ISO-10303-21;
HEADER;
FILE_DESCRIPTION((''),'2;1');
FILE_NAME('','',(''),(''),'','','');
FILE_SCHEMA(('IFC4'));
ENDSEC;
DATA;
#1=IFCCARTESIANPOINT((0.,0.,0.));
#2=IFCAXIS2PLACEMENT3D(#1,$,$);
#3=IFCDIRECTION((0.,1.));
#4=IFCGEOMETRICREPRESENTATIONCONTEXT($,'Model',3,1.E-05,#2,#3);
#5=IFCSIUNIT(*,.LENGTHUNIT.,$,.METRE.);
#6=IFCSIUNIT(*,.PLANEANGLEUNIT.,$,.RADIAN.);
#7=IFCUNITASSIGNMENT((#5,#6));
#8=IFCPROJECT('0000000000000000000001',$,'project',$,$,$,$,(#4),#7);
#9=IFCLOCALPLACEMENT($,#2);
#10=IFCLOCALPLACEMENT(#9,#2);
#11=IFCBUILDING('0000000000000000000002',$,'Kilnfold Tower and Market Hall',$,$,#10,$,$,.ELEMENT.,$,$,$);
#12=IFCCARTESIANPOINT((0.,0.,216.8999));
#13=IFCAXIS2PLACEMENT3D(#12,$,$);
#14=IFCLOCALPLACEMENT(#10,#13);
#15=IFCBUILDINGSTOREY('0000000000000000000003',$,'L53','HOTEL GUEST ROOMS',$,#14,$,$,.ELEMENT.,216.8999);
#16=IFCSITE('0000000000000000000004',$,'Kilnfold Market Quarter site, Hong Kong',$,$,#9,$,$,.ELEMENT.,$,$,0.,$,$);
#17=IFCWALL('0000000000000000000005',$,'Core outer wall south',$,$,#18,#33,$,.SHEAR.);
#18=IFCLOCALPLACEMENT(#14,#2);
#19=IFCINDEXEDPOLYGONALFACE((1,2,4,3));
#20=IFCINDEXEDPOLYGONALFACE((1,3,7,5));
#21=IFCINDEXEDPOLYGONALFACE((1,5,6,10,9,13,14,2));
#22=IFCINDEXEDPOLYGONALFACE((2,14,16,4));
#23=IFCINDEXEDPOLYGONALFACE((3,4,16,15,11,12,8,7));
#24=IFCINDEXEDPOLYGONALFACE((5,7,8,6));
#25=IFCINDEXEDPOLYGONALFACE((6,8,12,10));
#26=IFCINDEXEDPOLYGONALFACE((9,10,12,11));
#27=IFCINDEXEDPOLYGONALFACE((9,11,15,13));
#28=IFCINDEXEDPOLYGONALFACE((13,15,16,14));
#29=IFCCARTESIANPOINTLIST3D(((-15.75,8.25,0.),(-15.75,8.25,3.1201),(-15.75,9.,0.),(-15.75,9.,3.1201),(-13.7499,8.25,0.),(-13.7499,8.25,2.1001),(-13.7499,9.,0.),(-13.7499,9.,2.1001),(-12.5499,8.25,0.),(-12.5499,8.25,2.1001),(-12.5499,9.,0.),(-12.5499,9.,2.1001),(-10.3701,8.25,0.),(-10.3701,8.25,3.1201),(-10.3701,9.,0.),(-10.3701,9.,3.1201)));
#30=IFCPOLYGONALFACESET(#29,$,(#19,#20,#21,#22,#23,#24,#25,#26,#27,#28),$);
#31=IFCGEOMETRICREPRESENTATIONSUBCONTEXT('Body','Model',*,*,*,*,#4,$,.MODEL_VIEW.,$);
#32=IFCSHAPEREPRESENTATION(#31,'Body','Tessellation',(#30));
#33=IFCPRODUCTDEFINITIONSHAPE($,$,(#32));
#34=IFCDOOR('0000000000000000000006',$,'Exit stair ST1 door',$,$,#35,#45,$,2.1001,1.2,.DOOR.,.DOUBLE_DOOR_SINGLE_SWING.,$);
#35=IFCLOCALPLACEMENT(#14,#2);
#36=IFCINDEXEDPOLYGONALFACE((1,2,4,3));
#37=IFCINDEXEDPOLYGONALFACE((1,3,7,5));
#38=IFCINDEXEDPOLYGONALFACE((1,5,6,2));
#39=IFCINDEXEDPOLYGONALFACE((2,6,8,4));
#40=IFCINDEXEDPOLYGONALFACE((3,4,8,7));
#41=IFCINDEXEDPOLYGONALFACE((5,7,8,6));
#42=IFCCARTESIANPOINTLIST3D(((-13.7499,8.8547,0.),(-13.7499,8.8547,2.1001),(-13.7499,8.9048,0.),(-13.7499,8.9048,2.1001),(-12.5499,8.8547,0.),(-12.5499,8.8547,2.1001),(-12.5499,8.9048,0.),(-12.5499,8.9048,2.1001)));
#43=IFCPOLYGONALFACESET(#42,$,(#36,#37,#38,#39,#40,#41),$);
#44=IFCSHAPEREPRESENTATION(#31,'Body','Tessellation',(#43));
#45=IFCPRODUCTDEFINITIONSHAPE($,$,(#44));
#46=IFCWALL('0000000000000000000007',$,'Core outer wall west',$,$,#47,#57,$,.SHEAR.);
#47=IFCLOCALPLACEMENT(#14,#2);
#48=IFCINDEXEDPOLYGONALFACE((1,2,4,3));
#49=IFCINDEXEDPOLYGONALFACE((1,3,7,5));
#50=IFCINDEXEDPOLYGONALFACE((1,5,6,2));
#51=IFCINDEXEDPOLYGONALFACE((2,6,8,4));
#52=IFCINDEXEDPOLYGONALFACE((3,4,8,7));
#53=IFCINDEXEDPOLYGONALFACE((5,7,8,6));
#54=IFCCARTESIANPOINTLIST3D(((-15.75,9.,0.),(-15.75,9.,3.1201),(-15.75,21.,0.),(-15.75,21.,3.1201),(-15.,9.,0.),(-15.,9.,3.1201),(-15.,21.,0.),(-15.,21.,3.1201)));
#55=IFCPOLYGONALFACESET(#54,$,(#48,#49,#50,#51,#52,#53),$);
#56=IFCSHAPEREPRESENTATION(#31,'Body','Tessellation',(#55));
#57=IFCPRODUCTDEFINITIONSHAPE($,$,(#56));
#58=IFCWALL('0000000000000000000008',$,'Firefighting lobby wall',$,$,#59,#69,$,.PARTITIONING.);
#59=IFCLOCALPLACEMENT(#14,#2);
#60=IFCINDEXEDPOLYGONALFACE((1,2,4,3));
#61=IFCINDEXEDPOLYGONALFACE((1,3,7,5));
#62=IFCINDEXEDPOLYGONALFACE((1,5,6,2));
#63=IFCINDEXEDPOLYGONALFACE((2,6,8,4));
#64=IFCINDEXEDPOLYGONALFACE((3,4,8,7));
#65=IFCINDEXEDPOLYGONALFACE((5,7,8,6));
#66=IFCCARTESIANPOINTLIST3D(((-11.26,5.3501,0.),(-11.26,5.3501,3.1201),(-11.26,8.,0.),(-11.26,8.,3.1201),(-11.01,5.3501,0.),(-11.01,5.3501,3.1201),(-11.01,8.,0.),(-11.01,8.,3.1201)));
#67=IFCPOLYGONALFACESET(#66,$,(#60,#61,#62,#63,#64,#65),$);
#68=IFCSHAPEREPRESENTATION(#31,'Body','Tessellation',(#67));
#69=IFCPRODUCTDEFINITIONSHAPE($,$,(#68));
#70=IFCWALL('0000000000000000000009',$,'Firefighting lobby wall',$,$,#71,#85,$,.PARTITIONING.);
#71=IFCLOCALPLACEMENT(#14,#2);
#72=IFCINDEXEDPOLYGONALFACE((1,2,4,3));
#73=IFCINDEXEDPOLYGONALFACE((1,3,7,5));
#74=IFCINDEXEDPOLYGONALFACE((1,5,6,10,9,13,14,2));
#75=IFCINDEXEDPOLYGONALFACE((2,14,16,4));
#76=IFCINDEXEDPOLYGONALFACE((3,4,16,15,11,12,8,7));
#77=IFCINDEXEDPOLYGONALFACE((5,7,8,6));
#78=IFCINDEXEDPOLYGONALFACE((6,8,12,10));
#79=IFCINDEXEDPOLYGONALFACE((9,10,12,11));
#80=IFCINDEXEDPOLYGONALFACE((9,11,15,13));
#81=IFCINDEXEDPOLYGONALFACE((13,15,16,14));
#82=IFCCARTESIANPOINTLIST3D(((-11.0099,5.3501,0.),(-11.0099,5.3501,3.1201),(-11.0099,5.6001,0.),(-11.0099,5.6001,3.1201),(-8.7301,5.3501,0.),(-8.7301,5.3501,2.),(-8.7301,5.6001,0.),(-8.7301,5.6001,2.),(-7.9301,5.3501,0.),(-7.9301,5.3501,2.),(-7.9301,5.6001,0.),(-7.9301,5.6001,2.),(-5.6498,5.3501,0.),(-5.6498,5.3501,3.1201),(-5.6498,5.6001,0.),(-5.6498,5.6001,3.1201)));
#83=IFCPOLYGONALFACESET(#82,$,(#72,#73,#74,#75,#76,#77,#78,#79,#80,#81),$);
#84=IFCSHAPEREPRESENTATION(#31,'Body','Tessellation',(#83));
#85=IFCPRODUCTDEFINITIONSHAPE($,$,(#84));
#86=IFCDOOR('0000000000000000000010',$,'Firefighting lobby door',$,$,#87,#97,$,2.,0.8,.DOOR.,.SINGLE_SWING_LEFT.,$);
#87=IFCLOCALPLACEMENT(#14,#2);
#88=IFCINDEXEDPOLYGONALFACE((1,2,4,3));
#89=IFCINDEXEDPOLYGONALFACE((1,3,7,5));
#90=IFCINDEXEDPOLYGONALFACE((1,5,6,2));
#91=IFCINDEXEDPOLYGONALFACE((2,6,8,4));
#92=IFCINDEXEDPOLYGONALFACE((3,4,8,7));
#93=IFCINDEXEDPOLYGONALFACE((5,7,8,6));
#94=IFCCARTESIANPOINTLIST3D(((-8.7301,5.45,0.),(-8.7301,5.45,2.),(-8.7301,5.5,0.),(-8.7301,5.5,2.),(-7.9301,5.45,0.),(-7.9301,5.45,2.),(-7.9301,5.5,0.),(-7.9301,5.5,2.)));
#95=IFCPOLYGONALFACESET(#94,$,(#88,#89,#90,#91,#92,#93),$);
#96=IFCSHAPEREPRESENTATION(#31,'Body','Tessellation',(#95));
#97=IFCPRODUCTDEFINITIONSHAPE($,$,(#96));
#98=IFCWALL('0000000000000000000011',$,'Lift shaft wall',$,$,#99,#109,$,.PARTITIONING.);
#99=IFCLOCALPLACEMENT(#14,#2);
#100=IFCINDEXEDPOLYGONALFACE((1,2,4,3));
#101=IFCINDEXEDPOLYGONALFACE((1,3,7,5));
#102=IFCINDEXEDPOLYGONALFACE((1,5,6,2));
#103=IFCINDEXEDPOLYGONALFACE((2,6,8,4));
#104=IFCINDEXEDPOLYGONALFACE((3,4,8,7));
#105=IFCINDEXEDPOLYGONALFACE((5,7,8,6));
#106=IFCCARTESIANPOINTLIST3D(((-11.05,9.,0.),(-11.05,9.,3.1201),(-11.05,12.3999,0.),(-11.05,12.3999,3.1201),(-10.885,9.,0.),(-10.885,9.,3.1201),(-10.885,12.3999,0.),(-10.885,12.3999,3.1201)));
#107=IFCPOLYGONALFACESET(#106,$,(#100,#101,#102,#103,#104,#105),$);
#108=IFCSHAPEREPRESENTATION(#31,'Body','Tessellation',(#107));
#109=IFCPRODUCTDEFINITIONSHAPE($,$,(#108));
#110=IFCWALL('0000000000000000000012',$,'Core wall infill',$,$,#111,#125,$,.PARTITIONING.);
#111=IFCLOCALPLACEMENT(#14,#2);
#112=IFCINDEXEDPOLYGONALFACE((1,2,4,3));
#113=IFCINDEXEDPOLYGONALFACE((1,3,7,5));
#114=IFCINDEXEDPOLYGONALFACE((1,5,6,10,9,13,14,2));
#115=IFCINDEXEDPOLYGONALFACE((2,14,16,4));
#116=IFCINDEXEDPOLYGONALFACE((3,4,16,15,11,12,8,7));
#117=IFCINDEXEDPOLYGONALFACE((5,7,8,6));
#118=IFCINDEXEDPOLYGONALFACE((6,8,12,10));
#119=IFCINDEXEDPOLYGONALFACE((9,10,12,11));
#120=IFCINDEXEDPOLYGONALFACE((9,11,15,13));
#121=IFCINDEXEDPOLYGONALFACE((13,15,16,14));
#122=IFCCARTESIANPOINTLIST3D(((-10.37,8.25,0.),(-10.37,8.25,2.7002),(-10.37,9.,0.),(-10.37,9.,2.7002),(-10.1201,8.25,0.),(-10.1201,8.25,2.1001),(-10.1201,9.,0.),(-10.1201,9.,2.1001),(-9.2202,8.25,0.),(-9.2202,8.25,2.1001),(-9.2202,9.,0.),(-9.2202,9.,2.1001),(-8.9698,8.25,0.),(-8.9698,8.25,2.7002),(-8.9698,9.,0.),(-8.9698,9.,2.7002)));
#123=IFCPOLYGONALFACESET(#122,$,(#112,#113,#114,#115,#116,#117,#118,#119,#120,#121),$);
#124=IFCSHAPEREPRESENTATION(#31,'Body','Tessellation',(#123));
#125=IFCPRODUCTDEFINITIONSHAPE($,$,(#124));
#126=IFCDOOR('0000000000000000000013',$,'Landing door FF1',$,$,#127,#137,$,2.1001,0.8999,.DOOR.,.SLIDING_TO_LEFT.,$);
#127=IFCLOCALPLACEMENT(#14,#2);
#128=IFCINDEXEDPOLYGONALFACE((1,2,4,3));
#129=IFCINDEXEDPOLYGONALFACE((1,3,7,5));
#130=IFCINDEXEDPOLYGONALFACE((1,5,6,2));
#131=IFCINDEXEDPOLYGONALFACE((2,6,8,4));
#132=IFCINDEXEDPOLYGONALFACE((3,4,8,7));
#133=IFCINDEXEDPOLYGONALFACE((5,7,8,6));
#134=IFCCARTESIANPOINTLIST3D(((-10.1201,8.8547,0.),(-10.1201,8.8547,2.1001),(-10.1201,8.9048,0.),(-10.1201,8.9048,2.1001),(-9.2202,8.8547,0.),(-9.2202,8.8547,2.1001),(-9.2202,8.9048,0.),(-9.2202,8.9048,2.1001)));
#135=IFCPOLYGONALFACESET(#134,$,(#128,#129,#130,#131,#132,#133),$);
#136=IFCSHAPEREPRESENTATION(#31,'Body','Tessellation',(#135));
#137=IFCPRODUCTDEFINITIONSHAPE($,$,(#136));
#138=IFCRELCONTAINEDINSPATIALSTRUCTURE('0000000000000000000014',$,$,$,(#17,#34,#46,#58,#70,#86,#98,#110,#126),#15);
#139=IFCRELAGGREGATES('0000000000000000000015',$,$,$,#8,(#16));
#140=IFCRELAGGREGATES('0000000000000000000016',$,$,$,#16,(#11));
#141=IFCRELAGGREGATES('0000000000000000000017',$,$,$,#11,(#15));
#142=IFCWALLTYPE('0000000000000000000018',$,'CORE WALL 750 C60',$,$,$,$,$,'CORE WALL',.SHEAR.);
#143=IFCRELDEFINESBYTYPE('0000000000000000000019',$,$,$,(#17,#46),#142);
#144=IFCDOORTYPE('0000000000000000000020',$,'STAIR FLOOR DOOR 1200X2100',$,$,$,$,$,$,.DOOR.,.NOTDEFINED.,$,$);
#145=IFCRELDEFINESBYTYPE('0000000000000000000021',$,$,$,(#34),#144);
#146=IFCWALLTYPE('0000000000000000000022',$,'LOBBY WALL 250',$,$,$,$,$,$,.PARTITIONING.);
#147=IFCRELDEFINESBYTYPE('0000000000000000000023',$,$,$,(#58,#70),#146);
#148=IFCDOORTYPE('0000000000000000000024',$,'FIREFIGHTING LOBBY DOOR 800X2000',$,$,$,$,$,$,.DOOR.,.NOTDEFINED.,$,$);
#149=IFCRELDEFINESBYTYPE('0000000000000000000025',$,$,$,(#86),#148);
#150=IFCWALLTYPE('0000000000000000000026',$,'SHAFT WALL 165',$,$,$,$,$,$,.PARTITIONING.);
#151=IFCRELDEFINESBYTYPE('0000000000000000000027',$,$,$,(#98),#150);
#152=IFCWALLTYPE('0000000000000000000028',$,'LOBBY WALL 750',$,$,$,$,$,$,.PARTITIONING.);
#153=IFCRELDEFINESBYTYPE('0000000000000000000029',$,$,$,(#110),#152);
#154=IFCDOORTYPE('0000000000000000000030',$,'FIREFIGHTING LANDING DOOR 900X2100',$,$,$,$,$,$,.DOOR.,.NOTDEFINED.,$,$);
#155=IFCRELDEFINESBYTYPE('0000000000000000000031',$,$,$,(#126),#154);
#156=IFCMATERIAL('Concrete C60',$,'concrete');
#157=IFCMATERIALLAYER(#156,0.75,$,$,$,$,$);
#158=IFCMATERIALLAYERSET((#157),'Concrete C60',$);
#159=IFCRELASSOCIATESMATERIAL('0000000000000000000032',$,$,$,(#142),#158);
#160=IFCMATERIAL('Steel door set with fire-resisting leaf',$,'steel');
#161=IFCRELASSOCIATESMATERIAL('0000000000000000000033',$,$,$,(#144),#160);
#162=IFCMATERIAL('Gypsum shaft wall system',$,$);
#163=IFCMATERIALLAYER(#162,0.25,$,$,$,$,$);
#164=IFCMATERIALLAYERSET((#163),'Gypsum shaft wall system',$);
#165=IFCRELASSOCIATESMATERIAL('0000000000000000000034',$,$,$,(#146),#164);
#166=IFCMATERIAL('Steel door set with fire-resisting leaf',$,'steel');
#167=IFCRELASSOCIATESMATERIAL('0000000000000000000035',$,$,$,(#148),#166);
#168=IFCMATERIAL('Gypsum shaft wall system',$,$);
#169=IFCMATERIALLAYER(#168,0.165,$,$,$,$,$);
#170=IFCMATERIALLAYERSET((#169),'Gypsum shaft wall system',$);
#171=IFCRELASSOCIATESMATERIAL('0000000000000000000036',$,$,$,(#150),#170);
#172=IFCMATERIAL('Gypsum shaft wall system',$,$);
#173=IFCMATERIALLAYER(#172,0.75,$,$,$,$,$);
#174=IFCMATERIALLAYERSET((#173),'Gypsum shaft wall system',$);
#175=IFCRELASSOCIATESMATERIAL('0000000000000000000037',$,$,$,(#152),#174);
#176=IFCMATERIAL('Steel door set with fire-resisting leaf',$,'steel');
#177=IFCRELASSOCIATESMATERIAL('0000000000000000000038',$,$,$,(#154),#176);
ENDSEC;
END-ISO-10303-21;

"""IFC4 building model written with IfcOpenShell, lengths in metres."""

from ifc_helpers import new_model, si_unit, direction, frame, frame_2d, origin, place, context, subcontext, project, spatial, rectangle, extrude, source, transform, mapped, material, layer, layer_set, type_object, element, fill, save


model = new_model("IFC4")

# Units and contexts
model_context = context("Model", 3, precision=1e-05, world=origin(), true_north=direction((0.0, 1.0)))
body_context = subcontext(model_context, "Body", "Model", "MODEL_VIEW")
ifc_project = project(units=[si_unit("LENGTHUNIT", "METRE"), si_unit("PLANEANGLEUNIT", "RADIAN")], contexts=[model_context])

# Site, building, storey
site_placement = place(None, origin())
site = spatial("IfcSite", under=ifc_project, at=site_placement, Name="Kilnfold Market Quarter site, Hong Kong", CompositionType="ELEMENT", RefElevation=0.0)
building_placement = place(site_placement, origin())
building = spatial("IfcBuilding", under=site, at=building_placement, Name="Kilnfold Tower and Market Hall", CompositionType="ELEMENT")
storey_placement = place(building_placement, frame((0.0, 0.0, 216.8999)))
storey = spatial("IfcBuildingStorey", under=building, at=storey_placement, Name="L53", Description="HOTEL GUEST ROOMS", CompositionType="ELEMENT", Elevation=216.8999)

# Wall, opening, door
ifc_material_1 = material(Name="Concrete C60", Category="concrete")
ifc_layer_1 = layer(ifc_material_1, 0.75)
ifc_layer_set_1 = layer_set([ifc_layer_1], Name="Concrete C60")
wall_type_1 = type_object("IfcWallType", Name="CORE WALL 750 C60", ElementType="CORE WALL", PredefinedType="SHEAR", material=ifc_layer_set_1)
shared_shape_1 = source(origin(), body_context, "Body", "SweptSolid", [
    extrude(rectangle(XDim=5.3799, YDim=0.75, at=frame_2d((2.6899, 0.0))), origin(), (0.0, 0.0, 1.0), 3.1201),
])
wall_1_placement = place(storey_placement, frame((-15.75, 8.625, 0.0), z_axis=(0.0, 0.0, 1.0), x_axis=(1.0, 0.0, 0.0)))
wall_1 = element("IfcWall", 1, at=wall_1_placement, inside=storey, type_object=wall_type_1, Name="Core outer wall south", PredefinedType="SHEAR", context=body_context, shape_type="MappedRepresentation", body=[
    mapped(shared_shape_1, transform((0.0, 0.0, 0.0))),
])
opening_1_placement = place(wall_1_placement, frame((2.0, 0.0, 0.0)))
opening_1 = element("IfcOpeningElement", 2, at=opening_1_placement, cuts=wall_1, PredefinedType="OPENING", context=body_context, shape_type="SweptSolid", body=[
    extrude(rectangle(XDim=1.2, YDim=2.1001, at=frame_2d((0.6001, 1.05))), frame((0.0, 0.385, 0.0), z_axis=(0.0, -1.0, 0.0), x_axis=(1.0, 0.0, 0.0)), (0.0, 0.0, 1.0), 0.77),
])
ifc_material_2 = material(Name="Steel door set with fire-resisting leaf", Category="steel")
door_type_1 = type_object("IfcDoorType", Name="STAIR FLOOR DOOR 1200X2100", OperationType="NOTDEFINED", PredefinedType="DOOR", material=ifc_material_2)
door_1_placement = place(opening_1_placement, origin())
door_1 = element("IfcDoor", 3, at=door_1_placement, inside=storey, type_object=door_type_1, Name="Exit stair ST1 door", OperationType="DOUBLE_DOOR_SINGLE_SWING", OverallHeight=2.1001, OverallWidth=1.2, PredefinedType="DOOR", context=body_context, shape_type="SweptSolid", body=[
    extrude(rectangle(XDim=1.2, YDim=2.1001, at=frame_2d((0.6001, 1.05))), frame((0.0, 0.2798, 0.0), z_axis=(0.0, -1.0, 0.0), x_axis=(1.0, 0.0, 0.0)), (0.0, 0.0, 1.0), 0.05),
])
fill(opening_1, door_1)

# Walls
shared_shape_2 = source(origin(), body_context, "Body", "SweptSolid", [
    extrude(rectangle(XDim=12.0, YDim=0.75, at=frame_2d((6.0, 0.0))), origin(), (0.0, 0.0, 1.0), 3.1201),
])
wall_2_placement = place(storey_placement, frame((-15.375, 9.0, 0.0), z_axis=(0.0, 0.0, 1.0), x_axis=(0.0, 1.0, 0.0)))
element("IfcWall", 4, at=wall_2_placement, inside=storey, type_object=wall_type_1, Name="Core outer wall west", PredefinedType="SHEAR", context=body_context, shape_type="MappedRepresentation", body=[
    mapped(shared_shape_2, transform((0.0, 0.0, 0.0))),
])
ifc_material_3 = material(Name="Gypsum shaft wall system")
ifc_layer_2 = layer(ifc_material_3, 0.25)
ifc_layer_set_2 = layer_set([ifc_layer_2], Name="Gypsum shaft wall system")
wall_type_2 = type_object("IfcWallType", Name="LOBBY WALL 250", PredefinedType="PARTITIONING", material=ifc_layer_set_2)
shared_shape_3 = source(origin(), body_context, "Body", "SweptSolid", [
    extrude(rectangle(XDim=2.6499, YDim=0.25, at=frame_2d((1.325, 0.0))), origin(), (0.0, 0.0, 1.0), 3.1201),
])
wall_3_placement = place(storey_placement, frame((-11.135, 5.3501, 0.0), z_axis=(0.0, 0.0, 1.0), x_axis=(0.0, 1.0, 0.0)))
element("IfcWall", 5, at=wall_3_placement, inside=storey, type_object=wall_type_2, Name="Firefighting lobby wall", PredefinedType="PARTITIONING", context=body_context, shape_type="MappedRepresentation", body=[
    mapped(shared_shape_3, transform((0.0, 0.0, 0.0))),
])

# Wall, opening, door
shared_shape_4 = source(origin(), body_context, "Body", "SweptSolid", [
    extrude(rectangle(XDim=5.3601, YDim=0.25, at=frame_2d((2.6802, 0.0))), origin(), (0.0, 0.0, 1.0), 3.1201),
])
wall_4_placement = place(storey_placement, frame((-11.01, 5.4751, 0.0), z_axis=(0.0, 0.0, 1.0), x_axis=(1.0, 0.0, 0.0)))
wall_4 = element("IfcWall", 6, at=wall_4_placement, inside=storey, type_object=wall_type_2, Name="Firefighting lobby wall", PredefinedType="PARTITIONING", context=body_context, shape_type="MappedRepresentation", body=[
    mapped(shared_shape_4, transform((0.0, 0.0, 0.0))),
])
opening_2_placement = place(wall_4_placement, frame((2.28, 0.0, 0.0)))
opening_2 = element("IfcOpeningElement", 7, at=opening_2_placement, cuts=wall_4, PredefinedType="OPENING", context=body_context, shape_type="SweptSolid", body=[
    extrude(rectangle(XDim=0.8, YDim=2.0, at=frame_2d((0.3999, 1.0))), frame((0.0, 0.135, 0.0), z_axis=(0.0, -1.0, 0.0), x_axis=(1.0, 0.0, 0.0)), (0.0, 0.0, 1.0), 0.27),
])
ifc_material_4 = material(Name="Steel door set with fire-resisting leaf", Category="steel")
door_type_2 = type_object("IfcDoorType", Name="FIREFIGHTING LOBBY DOOR 800X2000", OperationType="NOTDEFINED", PredefinedType="DOOR", material=ifc_material_4)
door_2_placement = place(opening_2_placement, origin())
door_2 = element("IfcDoor", 8, at=door_2_placement, inside=storey, type_object=door_type_2, Name="Firefighting lobby door", OperationType="SINGLE_SWING_LEFT", OverallHeight=2.0, OverallWidth=0.8, PredefinedType="DOOR", context=body_context, shape_type="SweptSolid", body=[
    extrude(rectangle(XDim=0.8, YDim=2.0, at=frame_2d((0.3999, 1.0))), frame((0.0, 0.0249, 0.0), z_axis=(0.0, -1.0, 0.0), x_axis=(1.0, 0.0, 0.0)), (0.0, 0.0, 1.0), 0.05),
])
fill(opening_2, door_2)

# Wall
ifc_material_5 = material(Name="Gypsum shaft wall system")
ifc_layer_3 = layer(ifc_material_5, 0.165)
ifc_layer_set_3 = layer_set([ifc_layer_3], Name="Gypsum shaft wall system")
wall_type_3 = type_object("IfcWallType", Name="SHAFT WALL 165", PredefinedType="PARTITIONING", material=ifc_layer_set_3)
shared_shape_5 = source(origin(), body_context, "Body", "SweptSolid", [
    extrude(rectangle(XDim=3.3999, YDim=0.165, at=frame_2d((1.7, 0.0))), origin(), (0.0, 0.0, 1.0), 3.1201),
])
wall_5_placement = place(storey_placement, frame((-10.9675, 9.0, 0.0), z_axis=(0.0, 0.0, 1.0), x_axis=(0.0, 1.0, 0.0)))
element("IfcWall", 9, at=wall_5_placement, inside=storey, type_object=wall_type_3, Name="Lift shaft wall", PredefinedType="PARTITIONING", context=body_context, shape_type="MappedRepresentation", body=[
    mapped(shared_shape_5, transform((0.0, 0.0, 0.0))),
])

# Wall, opening, door
ifc_material_6 = material(Name="Gypsum shaft wall system")
ifc_layer_4 = layer(ifc_material_6, 0.75)
ifc_layer_set_4 = layer_set([ifc_layer_4], Name="Gypsum shaft wall system")
wall_type_4 = type_object("IfcWallType", Name="LOBBY WALL 750", PredefinedType="PARTITIONING", material=ifc_layer_set_4)
shared_shape_6 = source(origin(), body_context, "Body", "SweptSolid", [
    extrude(rectangle(XDim=1.4001, YDim=0.75, at=frame_2d((0.7002, 0.0))), origin(), (0.0, 0.0, 1.0), 2.7002),
])
wall_6_placement = place(storey_placement, frame((-10.3701, 8.625, 0.0), z_axis=(0.0, 0.0, 1.0), x_axis=(1.0, 0.0, 0.0)))
wall_6 = element("IfcWall", 10, at=wall_6_placement, inside=storey, type_object=wall_type_4, Name="Core wall infill", PredefinedType="PARTITIONING", context=body_context, shape_type="MappedRepresentation", body=[
    mapped(shared_shape_6, transform((0.0, 0.0, 0.0))),
])
opening_3_placement = place(wall_6_placement, frame((0.25, 0.0, 0.0)))
opening_3 = element("IfcOpeningElement", 11, at=opening_3_placement, cuts=wall_6, PredefinedType="OPENING", context=body_context, shape_type="SweptSolid", body=[
    extrude(rectangle(XDim=0.8999, YDim=2.1001, at=frame_2d((0.45, 1.05))), frame((0.0, 0.385, 0.0), z_axis=(0.0, -1.0, 0.0), x_axis=(1.0, 0.0, 0.0)), (0.0, 0.0, 1.0), 0.77),
])
ifc_material_7 = material(Name="Steel door set with fire-resisting leaf", Category="steel")
door_type_3 = type_object("IfcDoorType", Name="FIREFIGHTING LANDING DOOR 900X2100", OperationType="NOTDEFINED", PredefinedType="DOOR", material=ifc_material_7)
door_3_placement = place(opening_3_placement, origin())
door_3 = element("IfcDoor", 12, at=door_3_placement, inside=storey, type_object=door_type_3, Name="Landing door FF1", OperationType="SLIDING_TO_LEFT", OverallHeight=2.1001, OverallWidth=0.8999, PredefinedType="DOOR", context=body_context, shape_type="SweptSolid", body=[
    extrude(rectangle(XDim=0.8999, YDim=2.1001, at=frame_2d((0.45, 1.05))), frame((0.0, 0.2798, 0.0), z_axis=(0.0, -1.0, 0.0), x_axis=(1.0, 0.0, 0.0)), (0.0, 0.0, 1.0), 0.05),
])
fill(opening_3, door_3)

save(model, "model.ifc")
